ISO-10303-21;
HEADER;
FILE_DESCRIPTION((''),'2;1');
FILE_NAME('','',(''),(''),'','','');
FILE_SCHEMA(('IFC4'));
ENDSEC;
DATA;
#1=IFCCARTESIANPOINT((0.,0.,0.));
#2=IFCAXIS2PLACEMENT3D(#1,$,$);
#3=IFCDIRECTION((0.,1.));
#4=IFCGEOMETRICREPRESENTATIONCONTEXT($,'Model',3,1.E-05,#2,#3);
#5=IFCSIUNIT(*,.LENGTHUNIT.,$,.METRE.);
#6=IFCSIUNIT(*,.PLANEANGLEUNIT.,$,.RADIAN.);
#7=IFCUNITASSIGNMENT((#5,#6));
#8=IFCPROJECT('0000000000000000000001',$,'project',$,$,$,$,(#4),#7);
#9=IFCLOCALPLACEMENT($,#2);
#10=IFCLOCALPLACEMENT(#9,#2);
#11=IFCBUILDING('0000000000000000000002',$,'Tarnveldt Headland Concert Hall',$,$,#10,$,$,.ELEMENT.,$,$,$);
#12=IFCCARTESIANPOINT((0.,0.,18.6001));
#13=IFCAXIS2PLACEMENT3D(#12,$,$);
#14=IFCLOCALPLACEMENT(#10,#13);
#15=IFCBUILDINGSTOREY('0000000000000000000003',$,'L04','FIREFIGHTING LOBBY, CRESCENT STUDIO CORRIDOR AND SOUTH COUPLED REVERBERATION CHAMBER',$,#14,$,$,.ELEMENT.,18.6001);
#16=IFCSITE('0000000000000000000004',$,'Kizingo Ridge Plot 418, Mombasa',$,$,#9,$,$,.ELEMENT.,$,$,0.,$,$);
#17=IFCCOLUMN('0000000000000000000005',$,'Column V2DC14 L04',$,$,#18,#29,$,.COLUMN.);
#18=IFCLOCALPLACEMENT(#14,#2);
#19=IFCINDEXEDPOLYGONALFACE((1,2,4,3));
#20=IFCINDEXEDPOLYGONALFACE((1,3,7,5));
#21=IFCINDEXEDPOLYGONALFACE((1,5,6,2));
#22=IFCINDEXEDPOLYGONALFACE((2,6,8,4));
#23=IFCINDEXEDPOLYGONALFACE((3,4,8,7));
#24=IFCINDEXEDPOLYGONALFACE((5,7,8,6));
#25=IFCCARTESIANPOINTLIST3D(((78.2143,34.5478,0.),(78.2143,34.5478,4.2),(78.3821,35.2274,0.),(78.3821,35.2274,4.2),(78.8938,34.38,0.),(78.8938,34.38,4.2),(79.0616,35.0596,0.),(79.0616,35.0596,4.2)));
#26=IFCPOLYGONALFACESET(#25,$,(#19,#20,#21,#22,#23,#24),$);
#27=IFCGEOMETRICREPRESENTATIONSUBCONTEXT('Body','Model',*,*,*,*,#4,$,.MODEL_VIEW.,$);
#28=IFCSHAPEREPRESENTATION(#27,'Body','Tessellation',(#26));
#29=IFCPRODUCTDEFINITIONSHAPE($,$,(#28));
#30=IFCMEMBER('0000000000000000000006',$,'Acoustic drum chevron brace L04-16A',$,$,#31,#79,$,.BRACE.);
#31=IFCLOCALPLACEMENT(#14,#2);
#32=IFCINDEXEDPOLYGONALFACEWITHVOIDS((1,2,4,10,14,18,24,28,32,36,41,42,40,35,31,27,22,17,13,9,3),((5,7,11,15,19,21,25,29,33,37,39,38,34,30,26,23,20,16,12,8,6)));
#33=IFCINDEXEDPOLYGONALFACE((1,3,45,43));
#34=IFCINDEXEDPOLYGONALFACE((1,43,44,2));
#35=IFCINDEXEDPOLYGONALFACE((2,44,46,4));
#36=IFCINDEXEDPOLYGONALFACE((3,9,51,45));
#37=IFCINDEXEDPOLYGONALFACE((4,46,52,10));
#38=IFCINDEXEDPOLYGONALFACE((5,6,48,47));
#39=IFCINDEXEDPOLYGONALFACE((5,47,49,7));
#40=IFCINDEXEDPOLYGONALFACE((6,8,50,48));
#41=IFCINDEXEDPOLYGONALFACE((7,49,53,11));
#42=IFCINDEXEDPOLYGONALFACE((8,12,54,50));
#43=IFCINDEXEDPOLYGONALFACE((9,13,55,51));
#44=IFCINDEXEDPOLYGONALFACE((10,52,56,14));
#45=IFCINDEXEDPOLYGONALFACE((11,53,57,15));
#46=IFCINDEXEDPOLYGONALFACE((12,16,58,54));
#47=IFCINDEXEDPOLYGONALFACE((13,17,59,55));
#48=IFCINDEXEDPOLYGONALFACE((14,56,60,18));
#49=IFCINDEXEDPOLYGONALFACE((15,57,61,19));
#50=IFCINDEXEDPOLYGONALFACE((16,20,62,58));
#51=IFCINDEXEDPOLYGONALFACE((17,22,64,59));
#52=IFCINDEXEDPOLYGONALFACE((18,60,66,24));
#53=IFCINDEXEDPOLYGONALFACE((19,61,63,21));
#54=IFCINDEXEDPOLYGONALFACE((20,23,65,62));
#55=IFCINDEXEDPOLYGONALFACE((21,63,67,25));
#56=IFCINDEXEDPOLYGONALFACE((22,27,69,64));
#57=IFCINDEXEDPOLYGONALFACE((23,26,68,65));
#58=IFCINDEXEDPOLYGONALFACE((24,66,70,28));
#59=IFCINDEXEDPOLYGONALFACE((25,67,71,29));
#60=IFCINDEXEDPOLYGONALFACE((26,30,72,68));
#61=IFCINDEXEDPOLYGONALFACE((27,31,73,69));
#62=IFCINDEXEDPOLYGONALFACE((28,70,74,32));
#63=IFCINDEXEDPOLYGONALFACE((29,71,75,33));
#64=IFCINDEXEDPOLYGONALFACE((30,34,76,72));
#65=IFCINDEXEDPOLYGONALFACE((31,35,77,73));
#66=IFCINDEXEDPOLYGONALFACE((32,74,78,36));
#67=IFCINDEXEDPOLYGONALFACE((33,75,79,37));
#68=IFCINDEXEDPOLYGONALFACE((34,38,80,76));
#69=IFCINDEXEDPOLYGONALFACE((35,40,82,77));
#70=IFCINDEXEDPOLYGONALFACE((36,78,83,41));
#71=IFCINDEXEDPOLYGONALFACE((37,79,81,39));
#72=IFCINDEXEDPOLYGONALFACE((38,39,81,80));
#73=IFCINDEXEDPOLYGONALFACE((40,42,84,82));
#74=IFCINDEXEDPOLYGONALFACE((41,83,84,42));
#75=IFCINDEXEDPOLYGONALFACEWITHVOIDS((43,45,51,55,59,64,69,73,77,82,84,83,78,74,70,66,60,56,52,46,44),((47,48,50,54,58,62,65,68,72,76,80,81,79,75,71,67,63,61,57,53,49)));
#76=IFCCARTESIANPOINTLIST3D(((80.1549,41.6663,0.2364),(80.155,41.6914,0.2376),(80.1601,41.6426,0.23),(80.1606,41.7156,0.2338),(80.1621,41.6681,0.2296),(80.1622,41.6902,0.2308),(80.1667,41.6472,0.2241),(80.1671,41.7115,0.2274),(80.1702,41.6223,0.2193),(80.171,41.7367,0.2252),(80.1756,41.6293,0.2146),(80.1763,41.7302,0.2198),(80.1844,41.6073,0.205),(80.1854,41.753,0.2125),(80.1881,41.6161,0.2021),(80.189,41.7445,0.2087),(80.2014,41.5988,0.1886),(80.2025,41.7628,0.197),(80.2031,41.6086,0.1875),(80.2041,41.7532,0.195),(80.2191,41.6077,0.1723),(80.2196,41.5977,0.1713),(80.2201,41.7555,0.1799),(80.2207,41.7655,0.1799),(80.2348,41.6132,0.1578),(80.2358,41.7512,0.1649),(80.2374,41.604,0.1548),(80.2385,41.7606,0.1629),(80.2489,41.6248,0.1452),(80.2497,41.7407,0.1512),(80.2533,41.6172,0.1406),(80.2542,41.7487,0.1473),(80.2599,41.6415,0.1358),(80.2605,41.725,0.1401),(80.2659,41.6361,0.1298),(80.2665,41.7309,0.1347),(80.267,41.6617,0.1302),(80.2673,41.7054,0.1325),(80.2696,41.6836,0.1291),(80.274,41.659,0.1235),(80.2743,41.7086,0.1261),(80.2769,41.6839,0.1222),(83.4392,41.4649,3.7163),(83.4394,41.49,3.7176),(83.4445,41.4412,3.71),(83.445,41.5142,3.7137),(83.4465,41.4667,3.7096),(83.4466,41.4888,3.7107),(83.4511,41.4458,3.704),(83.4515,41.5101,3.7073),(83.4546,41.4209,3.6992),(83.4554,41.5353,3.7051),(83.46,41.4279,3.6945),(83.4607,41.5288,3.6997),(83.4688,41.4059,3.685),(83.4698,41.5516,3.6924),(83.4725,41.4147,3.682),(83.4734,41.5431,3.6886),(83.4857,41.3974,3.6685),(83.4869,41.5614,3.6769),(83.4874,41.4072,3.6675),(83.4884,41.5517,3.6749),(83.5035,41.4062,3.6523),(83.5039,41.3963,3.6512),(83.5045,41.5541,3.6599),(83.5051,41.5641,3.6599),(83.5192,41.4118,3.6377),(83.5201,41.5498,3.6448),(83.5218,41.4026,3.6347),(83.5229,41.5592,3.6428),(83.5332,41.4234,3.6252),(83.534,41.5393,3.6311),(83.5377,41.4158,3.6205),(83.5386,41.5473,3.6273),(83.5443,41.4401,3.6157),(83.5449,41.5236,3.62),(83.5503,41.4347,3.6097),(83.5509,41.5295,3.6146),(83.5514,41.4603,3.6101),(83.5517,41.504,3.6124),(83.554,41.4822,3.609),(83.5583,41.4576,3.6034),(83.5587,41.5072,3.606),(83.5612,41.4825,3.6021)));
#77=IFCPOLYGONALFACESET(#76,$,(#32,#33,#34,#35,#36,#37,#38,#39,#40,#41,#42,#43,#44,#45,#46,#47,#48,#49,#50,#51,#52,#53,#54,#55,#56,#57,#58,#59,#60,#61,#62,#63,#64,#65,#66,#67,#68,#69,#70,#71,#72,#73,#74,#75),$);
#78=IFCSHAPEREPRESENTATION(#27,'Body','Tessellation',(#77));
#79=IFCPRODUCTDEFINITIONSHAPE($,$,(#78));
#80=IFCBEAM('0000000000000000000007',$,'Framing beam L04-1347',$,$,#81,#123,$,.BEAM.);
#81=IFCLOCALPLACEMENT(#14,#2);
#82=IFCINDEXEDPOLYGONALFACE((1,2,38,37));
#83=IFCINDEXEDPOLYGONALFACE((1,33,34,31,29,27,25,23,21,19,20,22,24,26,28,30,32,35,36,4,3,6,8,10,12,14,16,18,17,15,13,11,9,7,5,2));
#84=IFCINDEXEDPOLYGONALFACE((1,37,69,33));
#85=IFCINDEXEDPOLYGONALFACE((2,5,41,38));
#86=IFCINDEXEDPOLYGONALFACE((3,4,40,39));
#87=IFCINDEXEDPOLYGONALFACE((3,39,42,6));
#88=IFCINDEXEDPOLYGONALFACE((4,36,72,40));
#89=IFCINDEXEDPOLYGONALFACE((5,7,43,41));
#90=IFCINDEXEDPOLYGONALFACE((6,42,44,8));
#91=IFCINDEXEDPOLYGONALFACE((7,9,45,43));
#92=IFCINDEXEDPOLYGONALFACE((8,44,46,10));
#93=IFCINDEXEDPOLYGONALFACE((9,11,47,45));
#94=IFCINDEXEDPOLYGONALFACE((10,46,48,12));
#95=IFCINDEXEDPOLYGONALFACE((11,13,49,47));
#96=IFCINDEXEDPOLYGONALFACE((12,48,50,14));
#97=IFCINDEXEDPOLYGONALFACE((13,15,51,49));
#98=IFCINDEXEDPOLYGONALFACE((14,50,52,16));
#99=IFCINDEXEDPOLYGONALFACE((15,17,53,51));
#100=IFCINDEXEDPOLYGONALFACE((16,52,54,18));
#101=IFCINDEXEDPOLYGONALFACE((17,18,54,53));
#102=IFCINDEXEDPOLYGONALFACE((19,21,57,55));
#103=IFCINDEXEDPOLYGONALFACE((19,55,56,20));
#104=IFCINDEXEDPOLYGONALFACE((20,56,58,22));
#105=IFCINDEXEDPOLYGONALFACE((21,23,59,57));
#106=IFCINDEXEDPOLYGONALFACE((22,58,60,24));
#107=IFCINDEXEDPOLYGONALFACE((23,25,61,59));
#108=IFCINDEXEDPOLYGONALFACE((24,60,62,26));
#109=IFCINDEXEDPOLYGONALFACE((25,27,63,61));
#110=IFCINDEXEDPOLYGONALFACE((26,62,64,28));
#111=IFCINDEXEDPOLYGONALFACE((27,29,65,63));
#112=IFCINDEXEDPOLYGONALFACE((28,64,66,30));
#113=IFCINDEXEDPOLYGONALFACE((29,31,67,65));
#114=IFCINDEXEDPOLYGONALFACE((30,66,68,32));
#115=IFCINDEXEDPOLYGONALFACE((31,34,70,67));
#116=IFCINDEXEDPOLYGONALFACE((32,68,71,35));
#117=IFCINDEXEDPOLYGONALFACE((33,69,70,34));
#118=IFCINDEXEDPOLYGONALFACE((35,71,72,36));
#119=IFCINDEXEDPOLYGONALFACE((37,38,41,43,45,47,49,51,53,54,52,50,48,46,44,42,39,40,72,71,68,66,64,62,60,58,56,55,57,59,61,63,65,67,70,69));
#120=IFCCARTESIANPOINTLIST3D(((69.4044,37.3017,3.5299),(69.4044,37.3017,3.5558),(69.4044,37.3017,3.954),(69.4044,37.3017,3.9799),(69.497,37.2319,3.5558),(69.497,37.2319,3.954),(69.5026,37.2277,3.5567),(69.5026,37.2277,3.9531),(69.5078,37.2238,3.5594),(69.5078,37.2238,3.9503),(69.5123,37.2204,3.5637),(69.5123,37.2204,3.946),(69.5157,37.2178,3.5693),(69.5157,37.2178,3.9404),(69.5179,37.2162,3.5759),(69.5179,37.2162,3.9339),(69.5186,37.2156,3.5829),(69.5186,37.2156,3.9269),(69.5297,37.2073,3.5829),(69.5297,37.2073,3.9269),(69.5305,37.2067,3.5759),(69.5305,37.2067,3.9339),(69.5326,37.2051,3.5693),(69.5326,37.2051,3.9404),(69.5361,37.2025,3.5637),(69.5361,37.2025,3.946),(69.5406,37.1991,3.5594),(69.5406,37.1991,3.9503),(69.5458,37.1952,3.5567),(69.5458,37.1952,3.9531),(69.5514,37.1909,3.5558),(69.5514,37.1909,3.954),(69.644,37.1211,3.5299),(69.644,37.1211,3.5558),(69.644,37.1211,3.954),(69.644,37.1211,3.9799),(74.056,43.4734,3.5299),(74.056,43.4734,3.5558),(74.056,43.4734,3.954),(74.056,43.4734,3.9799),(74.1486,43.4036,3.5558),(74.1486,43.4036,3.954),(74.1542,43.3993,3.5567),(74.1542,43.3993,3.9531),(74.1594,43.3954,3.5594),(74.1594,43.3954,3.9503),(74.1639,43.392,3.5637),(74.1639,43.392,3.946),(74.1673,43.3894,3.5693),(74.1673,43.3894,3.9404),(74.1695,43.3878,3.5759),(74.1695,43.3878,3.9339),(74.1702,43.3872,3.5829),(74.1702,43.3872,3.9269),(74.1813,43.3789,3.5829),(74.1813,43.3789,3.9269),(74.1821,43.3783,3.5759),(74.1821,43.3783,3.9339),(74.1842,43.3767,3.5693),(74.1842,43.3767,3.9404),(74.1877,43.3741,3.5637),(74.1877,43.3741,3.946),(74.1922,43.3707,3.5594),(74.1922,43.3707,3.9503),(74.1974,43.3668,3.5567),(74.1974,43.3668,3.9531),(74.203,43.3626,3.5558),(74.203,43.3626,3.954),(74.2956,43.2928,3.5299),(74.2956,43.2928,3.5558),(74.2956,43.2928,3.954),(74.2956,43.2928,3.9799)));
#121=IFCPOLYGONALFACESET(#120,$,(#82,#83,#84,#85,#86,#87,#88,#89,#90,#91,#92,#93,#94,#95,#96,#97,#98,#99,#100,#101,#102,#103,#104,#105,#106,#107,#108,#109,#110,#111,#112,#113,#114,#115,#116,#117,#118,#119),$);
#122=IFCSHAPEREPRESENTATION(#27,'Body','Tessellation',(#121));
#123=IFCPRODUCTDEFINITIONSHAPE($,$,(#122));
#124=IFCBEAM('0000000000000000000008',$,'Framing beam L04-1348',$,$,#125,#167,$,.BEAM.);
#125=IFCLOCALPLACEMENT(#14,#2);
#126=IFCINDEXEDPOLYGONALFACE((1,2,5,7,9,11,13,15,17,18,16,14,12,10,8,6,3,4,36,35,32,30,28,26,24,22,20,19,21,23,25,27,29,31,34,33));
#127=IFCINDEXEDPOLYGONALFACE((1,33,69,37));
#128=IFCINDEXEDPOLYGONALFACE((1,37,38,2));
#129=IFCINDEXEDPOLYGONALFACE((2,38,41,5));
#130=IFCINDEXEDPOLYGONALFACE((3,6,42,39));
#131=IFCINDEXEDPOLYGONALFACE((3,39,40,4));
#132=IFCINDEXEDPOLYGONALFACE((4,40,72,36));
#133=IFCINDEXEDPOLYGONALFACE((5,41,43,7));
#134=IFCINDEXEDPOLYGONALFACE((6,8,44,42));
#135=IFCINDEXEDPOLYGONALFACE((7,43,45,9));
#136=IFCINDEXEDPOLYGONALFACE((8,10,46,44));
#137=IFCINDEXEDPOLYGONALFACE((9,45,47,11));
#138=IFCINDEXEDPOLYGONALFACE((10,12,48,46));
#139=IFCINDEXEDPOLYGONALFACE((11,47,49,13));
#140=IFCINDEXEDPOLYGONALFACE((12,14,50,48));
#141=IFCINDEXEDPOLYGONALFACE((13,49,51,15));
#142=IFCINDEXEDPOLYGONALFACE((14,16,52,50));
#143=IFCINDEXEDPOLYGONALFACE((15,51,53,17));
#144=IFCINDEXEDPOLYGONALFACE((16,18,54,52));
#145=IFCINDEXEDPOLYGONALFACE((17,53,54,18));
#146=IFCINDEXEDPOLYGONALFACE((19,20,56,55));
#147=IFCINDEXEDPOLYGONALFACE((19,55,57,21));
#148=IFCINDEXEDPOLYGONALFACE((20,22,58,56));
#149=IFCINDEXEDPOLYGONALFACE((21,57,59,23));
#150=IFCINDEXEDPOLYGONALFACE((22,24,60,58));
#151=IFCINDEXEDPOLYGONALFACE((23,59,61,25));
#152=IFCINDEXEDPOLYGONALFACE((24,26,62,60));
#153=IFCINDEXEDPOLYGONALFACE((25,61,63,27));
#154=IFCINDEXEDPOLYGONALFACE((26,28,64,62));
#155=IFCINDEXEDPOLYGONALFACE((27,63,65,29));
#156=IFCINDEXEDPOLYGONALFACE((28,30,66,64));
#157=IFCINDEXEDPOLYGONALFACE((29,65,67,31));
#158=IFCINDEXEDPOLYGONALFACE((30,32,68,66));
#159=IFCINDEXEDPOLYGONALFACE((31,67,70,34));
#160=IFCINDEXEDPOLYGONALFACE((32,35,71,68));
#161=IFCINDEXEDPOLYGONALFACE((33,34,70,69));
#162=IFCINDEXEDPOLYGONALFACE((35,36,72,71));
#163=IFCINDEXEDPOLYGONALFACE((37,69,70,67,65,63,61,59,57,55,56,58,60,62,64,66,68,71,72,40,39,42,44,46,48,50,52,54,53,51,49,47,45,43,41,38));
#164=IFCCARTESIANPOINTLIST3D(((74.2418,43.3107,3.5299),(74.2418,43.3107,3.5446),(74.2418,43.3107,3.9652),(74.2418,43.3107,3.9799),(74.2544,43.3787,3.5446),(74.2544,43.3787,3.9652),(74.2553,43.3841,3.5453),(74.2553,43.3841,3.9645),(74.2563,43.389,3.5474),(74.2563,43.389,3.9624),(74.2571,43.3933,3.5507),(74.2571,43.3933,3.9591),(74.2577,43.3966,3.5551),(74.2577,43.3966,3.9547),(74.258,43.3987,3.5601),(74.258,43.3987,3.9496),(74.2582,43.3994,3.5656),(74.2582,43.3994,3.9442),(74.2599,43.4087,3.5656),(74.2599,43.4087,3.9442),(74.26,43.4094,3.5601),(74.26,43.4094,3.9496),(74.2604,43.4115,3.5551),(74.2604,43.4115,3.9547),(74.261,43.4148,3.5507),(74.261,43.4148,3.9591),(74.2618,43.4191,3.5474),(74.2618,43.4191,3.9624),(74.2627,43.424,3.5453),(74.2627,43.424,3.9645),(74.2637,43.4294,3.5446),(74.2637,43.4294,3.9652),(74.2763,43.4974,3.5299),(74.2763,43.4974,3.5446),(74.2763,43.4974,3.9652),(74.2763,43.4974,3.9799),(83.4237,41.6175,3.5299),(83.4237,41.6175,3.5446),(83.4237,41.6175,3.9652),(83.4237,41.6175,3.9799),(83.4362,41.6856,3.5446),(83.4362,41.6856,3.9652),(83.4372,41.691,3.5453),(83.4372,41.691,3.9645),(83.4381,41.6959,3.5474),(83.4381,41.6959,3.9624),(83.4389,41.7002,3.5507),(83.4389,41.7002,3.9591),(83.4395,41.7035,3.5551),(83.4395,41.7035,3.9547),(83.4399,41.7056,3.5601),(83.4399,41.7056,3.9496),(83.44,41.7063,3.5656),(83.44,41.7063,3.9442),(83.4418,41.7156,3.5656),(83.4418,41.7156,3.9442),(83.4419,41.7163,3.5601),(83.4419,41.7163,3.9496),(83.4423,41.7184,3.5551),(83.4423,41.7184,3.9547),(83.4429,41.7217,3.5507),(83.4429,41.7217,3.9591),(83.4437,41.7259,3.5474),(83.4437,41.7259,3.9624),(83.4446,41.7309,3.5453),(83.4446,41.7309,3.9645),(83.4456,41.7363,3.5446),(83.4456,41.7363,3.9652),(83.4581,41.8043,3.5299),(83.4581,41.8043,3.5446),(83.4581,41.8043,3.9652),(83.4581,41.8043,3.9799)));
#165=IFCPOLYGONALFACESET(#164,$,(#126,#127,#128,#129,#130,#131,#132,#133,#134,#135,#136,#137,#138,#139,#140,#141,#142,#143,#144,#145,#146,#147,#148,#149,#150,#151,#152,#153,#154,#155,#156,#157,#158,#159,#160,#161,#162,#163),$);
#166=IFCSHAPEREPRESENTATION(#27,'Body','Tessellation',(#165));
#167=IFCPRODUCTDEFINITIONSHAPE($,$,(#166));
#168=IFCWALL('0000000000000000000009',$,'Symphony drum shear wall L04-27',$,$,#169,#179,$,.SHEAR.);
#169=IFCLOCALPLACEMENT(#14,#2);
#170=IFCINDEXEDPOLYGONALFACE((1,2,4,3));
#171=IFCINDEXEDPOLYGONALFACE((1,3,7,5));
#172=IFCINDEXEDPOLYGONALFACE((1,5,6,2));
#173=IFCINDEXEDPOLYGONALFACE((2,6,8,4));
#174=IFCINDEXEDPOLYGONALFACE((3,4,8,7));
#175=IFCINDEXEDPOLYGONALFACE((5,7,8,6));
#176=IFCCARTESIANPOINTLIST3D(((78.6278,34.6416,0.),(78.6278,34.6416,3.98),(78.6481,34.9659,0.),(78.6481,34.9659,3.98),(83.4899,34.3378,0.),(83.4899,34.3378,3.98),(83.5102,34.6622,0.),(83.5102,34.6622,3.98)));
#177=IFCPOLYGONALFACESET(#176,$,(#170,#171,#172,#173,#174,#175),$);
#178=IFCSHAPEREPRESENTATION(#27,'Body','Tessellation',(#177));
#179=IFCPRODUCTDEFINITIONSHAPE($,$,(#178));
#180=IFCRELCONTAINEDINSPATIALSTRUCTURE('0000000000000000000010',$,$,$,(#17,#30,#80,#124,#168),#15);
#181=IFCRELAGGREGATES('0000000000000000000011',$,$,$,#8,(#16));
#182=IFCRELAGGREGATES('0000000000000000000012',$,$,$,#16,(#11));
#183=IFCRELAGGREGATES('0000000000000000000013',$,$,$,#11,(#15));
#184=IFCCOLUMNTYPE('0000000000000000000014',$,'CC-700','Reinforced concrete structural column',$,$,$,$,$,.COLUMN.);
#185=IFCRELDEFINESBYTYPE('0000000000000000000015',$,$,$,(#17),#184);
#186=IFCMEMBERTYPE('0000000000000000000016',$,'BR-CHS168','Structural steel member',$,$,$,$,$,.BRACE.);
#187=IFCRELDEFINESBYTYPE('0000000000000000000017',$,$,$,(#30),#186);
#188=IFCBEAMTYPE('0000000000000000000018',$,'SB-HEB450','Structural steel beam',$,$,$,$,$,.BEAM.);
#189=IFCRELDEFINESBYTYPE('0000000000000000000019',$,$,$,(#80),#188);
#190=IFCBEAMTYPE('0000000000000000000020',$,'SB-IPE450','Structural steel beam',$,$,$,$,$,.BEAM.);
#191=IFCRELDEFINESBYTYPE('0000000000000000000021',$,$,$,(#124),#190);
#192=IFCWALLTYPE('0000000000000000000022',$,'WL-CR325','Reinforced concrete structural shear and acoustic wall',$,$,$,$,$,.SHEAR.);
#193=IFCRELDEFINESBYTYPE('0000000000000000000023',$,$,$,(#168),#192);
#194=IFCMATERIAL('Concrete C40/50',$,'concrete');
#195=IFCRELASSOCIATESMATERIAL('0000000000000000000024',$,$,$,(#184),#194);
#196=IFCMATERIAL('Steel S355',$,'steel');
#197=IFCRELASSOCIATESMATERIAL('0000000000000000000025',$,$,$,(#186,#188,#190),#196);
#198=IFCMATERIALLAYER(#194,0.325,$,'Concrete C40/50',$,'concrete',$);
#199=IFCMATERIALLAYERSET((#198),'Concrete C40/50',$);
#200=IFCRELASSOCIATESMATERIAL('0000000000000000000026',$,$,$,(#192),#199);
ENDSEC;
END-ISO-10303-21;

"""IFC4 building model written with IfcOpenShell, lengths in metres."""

from ifc_helpers import new_model, si_unit, direction, frame, frame_2d, origin, origin_2d, place, context, subcontext, project, spatial, rectangle, hollow_circle, i_section, extrude, material, layer, layer_set, material_profile, profile_set, type_object, element, save


model = new_model("IFC4")

# Units and contexts
model_context = context("Model", 3, precision=1e-05, world=origin(), true_north=direction((0.0, 1.0)))
body_context = subcontext(model_context, "Body", "Model", "MODEL_VIEW")
ifc_project = project(units=[si_unit("LENGTHUNIT", "METRE"), si_unit("PLANEANGLEUNIT", "RADIAN")], contexts=[model_context])

# Site, building, storey
site_placement = place(None, origin())
site = spatial("IfcSite", under=ifc_project, at=site_placement, Name="Kizingo Ridge Plot 418, Mombasa", CompositionType="ELEMENT", RefElevation=0.0)
building_placement = place(site_placement, origin())
building = spatial("IfcBuilding", under=site, at=building_placement, Name="Tarnveldt Headland Concert Hall", CompositionType="ELEMENT")
storey_placement = place(building_placement, frame((0.0, 0.0, 18.6001)))
storey = spatial("IfcBuildingStorey", under=building, at=storey_placement, Name="L04", Description="FIREFIGHTING LOBBY, CRESCENT STUDIO CORRIDOR AND SOUTH COUPLED REVERBERATION CHAMBER", CompositionType="ELEMENT", Elevation=18.6001)

# Column
ifc_material_1 = material(Name="Concrete C40/50", Category="concrete")
ifc_material_profile_1 = material_profile(ifc_material_1, rectangle(XDim=0.7, YDim=0.7, at=origin_2d()), Name="RC 700x700", Category="concrete")
ifc_profile_set_1 = profile_set([ifc_material_profile_1], Name="Concrete C40/50")
column_type_1 = type_object("IfcColumnType", Name="CC-700", Description="Reinforced concrete structural column", PredefinedType="COLUMN", material=ifc_profile_set_1)
column_1_placement = place(storey_placement, frame((78.6379, 34.8037, 0.0), z_axis=(0.0, 0.0, 1.0), x_axis=(-0.23972, -0.970842, 0.0)))
element("IfcColumn", 1, at=column_1_placement, inside=storey, type_object=column_type_1, Name="Column V2DC14 L04", PredefinedType="COLUMN", context=body_context, shape_type="SweptSolid", body=[
    extrude(rectangle(XDim=0.7, YDim=0.7, at=origin_2d()), origin(), (0.0, 0.0, 1.0), 4.2),
])

# Member
ifc_material_2 = material(Name="Steel S355", Category="steel")
ifc_material_profile_2 = material_profile(ifc_material_2, hollow_circle(Radius=0.0842, WallThickness=0.01, at=origin_2d()), Name="CHS 168.3x10", Category="steel")
ifc_profile_set_2 = profile_set([ifc_material_profile_2], Name="Steel S355")
member_type = type_object("IfcMemberType", Name="BR-CHS168", Description="Structural steel member", PredefinedType="BRACE", material=ifc_profile_set_2)
member_placement = place(storey_placement, frame((80.2156, 41.6814, 0.1799), z_axis=(0.685771, -0.042055, 0.726602), x_axis=(0.06121, 0.998125, 0.0)))
element("IfcMember", 2, at=member_placement, inside=storey, type_object=member_type, Name="Acoustic drum chevron brace L04-16A", PredefinedType="BRACE", context=body_context, shape_type="SweptSolid", body=[
    extrude(hollow_circle(Radius=0.0842, WallThickness=0.01, at=origin_2d()), origin(), (0.0, 0.0, 1.0), 4.7893),
])

# Beams
ifc_material_profile_3 = material_profile(ifc_material_2, i_section(OverallWidth=0.3, OverallDepth=0.45, WebThickness=0.0139, FlangeThickness=0.0259, FilletRadius=0.0271, at=origin_2d()), Name="HEB450", Category="steel")
ifc_profile_set_3 = profile_set([ifc_material_profile_3], Name="Steel S355")
beam_type_1 = type_object("IfcBeamType", Name="SB-HEB450", Description="Structural steel beam", PredefinedType="BEAM", material=ifc_profile_set_3)
beam_1_placement = place(storey_placement, frame((74.1758, 43.3831, 3.7549), z_axis=(-0.601894, -0.798576, 0.0), x_axis=(0.798576, -0.601894, 0.0)))
element("IfcBeam", 3, at=beam_1_placement, inside=storey, type_object=beam_type_1, Name="Framing beam L04-1347", PredefinedType="BEAM", context=body_context, shape_type="SweptSolid", body=[
    extrude(i_section(OverallWidth=0.3, OverallDepth=0.45, WebThickness=0.0139, FlangeThickness=0.0259, FilletRadius=0.0271, at=origin_2d()), origin(), (0.0, 0.0, 1.0), 7.7283),
])
ifc_material_profile_4 = material_profile(ifc_material_2, i_section(OverallWidth=0.1899, OverallDepth=0.45, WebThickness=0.0095, FlangeThickness=0.0146, FilletRadius=0.021, at=origin_2d()), Name="IPE450", Category="steel")
ifc_profile_set_4 = profile_set([ifc_material_profile_4], Name="Steel S355")
beam_type_2 = type_object("IfcBeamType", Name="SB-IPE450", Description="Structural steel beam", PredefinedType="BEAM", material=ifc_profile_set_4)
beam_2_placement = place(storey_placement, frame((74.259, 43.4041, 3.7549), z_axis=(0.98342, -0.18134, 0.0), x_axis=(0.18134, 0.98342, 0.0)))
element("IfcBeam", 4, at=beam_2_placement, inside=storey, type_object=beam_type_2, Name="Framing beam L04-1348", PredefinedType="BEAM", context=body_context, shape_type="SweptSolid", body=[
    extrude(i_section(OverallWidth=0.1899, OverallDepth=0.45, WebThickness=0.0095, FlangeThickness=0.0146, FilletRadius=0.021, at=origin_2d()), origin(), (0.0, 0.0, 1.0), 9.3367),
])

# Wall
ifc_layer_1 = layer(ifc_material_1, 0.325, Name="Concrete C40/50", Category="concrete")
ifc_layer_set_1 = layer_set([ifc_layer_1], Name="Concrete C40/50")
wall_type_1 = type_object("IfcWallType", Name="WL-CR325", Description="Reinforced concrete structural shear and acoustic wall", PredefinedType="SHEAR", material=ifc_layer_set_1)
wall_1_placement = place(storey_placement, frame((78.6379, 34.8037, 0.0), z_axis=(0.0, 0.0, 1.0), x_axis=(0.998055, -0.062344, 0.0)))
element("IfcWall", 5, at=wall_1_placement, inside=storey, type_object=wall_type_1, Name="Symphony drum shear wall L04-27", PredefinedType="SHEAR", context=body_context, shape_type="SweptSolid", body=[
    extrude(rectangle(XDim=4.8716, YDim=0.325, at=frame_2d((2.4358, 0.0))), origin(), (0.0, 0.0, 1.0), 3.98),
])

save(model, "model.ifc")
